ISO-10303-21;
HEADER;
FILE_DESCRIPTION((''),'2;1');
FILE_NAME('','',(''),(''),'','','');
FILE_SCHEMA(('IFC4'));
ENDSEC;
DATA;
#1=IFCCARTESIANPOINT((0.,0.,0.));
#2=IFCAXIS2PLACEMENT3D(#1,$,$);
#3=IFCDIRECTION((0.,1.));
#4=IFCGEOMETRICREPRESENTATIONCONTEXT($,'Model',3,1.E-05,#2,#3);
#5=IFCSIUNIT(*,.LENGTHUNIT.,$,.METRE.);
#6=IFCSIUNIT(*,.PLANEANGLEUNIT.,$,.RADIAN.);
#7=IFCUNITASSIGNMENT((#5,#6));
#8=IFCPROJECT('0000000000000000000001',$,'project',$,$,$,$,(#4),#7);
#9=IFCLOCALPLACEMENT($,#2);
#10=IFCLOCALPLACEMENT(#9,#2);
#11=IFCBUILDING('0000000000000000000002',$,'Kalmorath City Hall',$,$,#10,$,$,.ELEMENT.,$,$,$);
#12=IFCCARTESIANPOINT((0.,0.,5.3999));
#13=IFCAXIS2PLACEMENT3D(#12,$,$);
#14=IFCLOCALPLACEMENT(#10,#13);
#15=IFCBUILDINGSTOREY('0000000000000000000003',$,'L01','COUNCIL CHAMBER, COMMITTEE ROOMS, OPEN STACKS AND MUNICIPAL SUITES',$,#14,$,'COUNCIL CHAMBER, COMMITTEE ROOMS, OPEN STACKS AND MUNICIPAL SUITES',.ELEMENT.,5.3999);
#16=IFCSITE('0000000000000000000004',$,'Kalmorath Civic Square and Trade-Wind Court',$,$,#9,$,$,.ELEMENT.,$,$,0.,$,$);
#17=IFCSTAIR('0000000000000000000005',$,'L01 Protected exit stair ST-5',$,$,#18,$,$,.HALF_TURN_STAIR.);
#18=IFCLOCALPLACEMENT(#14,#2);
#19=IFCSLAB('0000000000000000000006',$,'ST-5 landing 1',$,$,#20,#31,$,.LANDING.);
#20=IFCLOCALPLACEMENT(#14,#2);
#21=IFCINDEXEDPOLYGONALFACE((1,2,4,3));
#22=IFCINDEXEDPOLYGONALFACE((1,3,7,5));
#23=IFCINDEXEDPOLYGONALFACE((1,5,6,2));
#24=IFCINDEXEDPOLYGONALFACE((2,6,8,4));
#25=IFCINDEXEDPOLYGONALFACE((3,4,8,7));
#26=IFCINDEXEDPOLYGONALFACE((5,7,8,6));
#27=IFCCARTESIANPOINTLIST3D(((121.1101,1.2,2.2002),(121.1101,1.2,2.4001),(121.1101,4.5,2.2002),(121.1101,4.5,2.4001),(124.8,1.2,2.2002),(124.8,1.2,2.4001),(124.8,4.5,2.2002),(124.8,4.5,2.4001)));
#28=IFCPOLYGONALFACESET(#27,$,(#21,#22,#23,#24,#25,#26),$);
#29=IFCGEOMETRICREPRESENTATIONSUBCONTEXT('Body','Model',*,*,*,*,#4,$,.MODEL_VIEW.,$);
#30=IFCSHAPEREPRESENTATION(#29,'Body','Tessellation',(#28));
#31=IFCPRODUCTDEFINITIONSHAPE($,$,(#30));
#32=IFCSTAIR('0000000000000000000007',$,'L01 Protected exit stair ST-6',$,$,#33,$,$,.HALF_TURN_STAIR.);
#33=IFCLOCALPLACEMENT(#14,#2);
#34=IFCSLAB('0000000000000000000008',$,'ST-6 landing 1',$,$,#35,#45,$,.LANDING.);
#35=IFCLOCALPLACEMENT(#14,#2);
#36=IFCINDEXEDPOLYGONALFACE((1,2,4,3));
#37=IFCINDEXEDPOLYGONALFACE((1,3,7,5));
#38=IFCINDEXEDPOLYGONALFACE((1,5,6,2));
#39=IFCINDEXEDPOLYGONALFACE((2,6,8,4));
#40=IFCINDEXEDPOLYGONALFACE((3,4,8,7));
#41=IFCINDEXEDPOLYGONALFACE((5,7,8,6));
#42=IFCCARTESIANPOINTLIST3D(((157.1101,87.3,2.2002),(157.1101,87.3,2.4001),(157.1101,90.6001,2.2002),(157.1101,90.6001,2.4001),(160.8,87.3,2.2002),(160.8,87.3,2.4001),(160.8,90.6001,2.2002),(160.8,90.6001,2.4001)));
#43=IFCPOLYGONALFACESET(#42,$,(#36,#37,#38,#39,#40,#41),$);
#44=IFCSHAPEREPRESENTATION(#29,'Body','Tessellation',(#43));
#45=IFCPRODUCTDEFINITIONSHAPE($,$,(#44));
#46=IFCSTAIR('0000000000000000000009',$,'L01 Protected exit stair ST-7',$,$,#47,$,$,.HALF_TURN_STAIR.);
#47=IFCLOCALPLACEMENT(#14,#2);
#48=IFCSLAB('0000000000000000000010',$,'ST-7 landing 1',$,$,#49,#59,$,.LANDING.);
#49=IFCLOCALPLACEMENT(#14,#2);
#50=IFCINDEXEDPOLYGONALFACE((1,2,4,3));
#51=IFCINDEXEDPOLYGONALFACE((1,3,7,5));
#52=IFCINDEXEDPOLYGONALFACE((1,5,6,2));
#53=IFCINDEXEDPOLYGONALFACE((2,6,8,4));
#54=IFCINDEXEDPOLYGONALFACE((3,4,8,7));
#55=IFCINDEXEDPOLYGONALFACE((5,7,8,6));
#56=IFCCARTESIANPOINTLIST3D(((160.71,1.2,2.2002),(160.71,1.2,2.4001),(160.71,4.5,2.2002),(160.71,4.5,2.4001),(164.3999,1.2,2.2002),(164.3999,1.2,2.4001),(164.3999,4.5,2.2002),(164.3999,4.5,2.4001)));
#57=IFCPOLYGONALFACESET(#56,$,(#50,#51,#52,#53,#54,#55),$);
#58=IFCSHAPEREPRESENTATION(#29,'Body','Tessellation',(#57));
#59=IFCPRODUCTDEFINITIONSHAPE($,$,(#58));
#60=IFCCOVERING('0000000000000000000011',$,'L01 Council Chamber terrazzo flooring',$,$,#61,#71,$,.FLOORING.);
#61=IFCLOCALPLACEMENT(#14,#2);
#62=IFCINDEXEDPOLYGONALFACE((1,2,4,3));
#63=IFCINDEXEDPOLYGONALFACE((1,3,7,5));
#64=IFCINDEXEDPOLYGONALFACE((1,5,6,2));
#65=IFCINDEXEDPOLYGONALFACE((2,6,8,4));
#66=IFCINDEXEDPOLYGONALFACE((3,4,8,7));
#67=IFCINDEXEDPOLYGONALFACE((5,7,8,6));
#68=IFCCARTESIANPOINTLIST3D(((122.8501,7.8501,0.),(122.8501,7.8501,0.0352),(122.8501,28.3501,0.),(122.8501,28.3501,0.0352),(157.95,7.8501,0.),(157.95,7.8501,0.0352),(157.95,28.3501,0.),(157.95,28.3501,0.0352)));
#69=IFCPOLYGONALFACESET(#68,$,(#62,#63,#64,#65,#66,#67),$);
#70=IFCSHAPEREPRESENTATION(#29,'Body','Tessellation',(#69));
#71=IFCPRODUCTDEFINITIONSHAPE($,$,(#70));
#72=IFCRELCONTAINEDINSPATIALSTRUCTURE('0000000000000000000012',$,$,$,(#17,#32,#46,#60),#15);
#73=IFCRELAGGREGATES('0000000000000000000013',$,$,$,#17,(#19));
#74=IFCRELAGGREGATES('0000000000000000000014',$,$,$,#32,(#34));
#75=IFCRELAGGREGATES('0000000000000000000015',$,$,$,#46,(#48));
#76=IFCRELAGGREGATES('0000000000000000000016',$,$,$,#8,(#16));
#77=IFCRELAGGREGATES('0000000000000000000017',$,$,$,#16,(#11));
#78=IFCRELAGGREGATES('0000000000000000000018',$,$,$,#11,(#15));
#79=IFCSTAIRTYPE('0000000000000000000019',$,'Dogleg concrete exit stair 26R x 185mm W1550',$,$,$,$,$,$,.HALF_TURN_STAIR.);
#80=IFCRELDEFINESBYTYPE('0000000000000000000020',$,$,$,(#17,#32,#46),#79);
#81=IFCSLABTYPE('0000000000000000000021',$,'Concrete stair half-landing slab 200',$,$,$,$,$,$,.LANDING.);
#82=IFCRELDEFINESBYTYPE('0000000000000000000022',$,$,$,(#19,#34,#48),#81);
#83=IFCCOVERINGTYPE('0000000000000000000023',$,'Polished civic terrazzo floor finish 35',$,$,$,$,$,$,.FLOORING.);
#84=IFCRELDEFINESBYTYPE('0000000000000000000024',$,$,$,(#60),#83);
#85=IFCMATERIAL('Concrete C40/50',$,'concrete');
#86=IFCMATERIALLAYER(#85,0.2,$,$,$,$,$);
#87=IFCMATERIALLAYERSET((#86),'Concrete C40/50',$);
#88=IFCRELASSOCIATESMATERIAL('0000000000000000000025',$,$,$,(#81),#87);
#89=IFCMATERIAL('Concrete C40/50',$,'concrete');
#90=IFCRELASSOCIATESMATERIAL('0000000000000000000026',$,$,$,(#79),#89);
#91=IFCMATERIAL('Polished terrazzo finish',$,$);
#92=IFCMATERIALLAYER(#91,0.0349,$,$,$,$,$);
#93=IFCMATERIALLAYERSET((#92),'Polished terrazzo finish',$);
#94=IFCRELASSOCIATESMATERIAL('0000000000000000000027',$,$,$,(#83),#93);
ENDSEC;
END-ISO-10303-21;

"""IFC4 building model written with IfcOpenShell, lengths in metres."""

from ifc_helpers import new_model, si_unit, direction, frame, origin, place, context, subcontext, project, spatial, polyline, outline, extrude, material, layer, layer_set, type_object, element, aggregate, save


model = new_model("IFC4")

# Units and contexts
model_context = context("Model", 3, precision=1e-05, world=origin(), true_north=direction((0.0, 1.0)))
body_context = subcontext(model_context, "Body", "Model", "MODEL_VIEW")
ifc_project = project(units=[si_unit("LENGTHUNIT", "METRE"), si_unit("PLANEANGLEUNIT", "RADIAN")], contexts=[model_context])

# Site, building, storey
site_placement = place(None, origin())
site = spatial("IfcSite", under=ifc_project, at=site_placement, Name="Kalmorath Civic Square and Trade-Wind Court", CompositionType="ELEMENT", RefElevation=0.0)
building_placement = place(site_placement, origin())
building = spatial("IfcBuilding", under=site, at=building_placement, Name="Kalmorath City Hall", CompositionType="ELEMENT")
storey_placement = place(building_placement, frame((0.0, 0.0, 5.3999)))
storey = spatial("IfcBuildingStorey", under=building, at=storey_placement, Name="L01", Description="COUNCIL CHAMBER, COMMITTEE ROOMS, OPEN STACKS AND MUNICIPAL SUITES", LongName="COUNCIL CHAMBER, COMMITTEE ROOMS, OPEN STACKS AND MUNICIPAL SUITES", CompositionType="ELEMENT", Elevation=5.3999)

# Stairs, slabs
ifc_material_1 = material(Name="Concrete C40/50", Category="concrete")
ifc_layer_1 = layer(ifc_material_1, 0.2)
ifc_layer_set_1 = layer_set([ifc_layer_1], Name="Concrete C40/50")
slab_type_1 = type_object("IfcSlabType", Name="Concrete stair half-landing slab 200", PredefinedType="LANDING", material=ifc_layer_set_1)
ifc_material_2 = material(Name="Concrete C40/50", Category="concrete")
stair_type_1 = type_object("IfcStairType", Name="Dogleg concrete exit stair 26R x 185mm W1550", PredefinedType="HALF_TURN_STAIR", material=ifc_material_2)
stair_1_placement = place(storey_placement, origin())
stair_1 = element("IfcStair", 1, at=stair_1_placement, inside=storey, type_object=stair_type_1, Name="L01 Protected exit stair ST-5", PredefinedType="HALF_TURN_STAIR")
slab_1_placement = place(storey_placement, frame((0.0, 0.0, 2.2002)))
slab_1 = element("IfcSlab", 2, at=slab_1_placement, type_object=slab_type_1, Name="ST-5 landing 1", PredefinedType="LANDING", context=body_context, shape_type="SweptSolid", body=[
    extrude(outline(polyline([(121.1101, 1.2), (124.8, 1.2), (124.8, 4.5), (121.1101, 4.5), (121.1101, 1.2)])), origin(), (0.0, 0.0, 1.0), 0.2),
])
aggregate(stair_1, [slab_1])
stair_2_placement = place(storey_placement, origin())
stair_2 = element("IfcStair", 3, at=stair_2_placement, inside=storey, type_object=stair_type_1, Name="L01 Protected exit stair ST-6", PredefinedType="HALF_TURN_STAIR")
slab_2_placement = place(storey_placement, frame((0.0, 0.0, 2.2002)))
slab_2 = element("IfcSlab", 4, at=slab_2_placement, type_object=slab_type_1, Name="ST-6 landing 1", PredefinedType="LANDING", context=body_context, shape_type="SweptSolid", body=[
    extrude(outline(polyline([(157.1101, 87.3), (160.8, 87.3), (160.8, 90.6001), (157.1101, 90.6001), (157.1101, 87.3)])), origin(), (0.0, 0.0, 1.0), 0.2),
])
aggregate(stair_2, [slab_2])
stair_3_placement = place(storey_placement, origin())
stair_3 = element("IfcStair", 5, at=stair_3_placement, inside=storey, type_object=stair_type_1, Name="L01 Protected exit stair ST-7", PredefinedType="HALF_TURN_STAIR")
slab_3_placement = place(storey_placement, frame((0.0, 0.0, 2.2002)))
slab_3 = element("IfcSlab", 6, at=slab_3_placement, type_object=slab_type_1, Name="ST-7 landing 1", PredefinedType="LANDING", context=body_context, shape_type="SweptSolid", body=[
    extrude(outline(polyline([(160.71, 1.2), (164.3999, 1.2), (164.3999, 4.5), (160.71, 4.5), (160.71, 1.2)])), origin(), (0.0, 0.0, 1.0), 0.2),
])
aggregate(stair_3, [slab_3])

# Covering
ifc_material_3 = material(Name="Polished terrazzo finish")
ifc_layer_2 = layer(ifc_material_3, 0.0349)
ifc_layer_set_2 = layer_set([ifc_layer_2], Name="Polished terrazzo finish")
covering_type = type_object("IfcCoveringType", Name="Polished civic terrazzo floor finish 35", PredefinedType="FLOORING", material=ifc_layer_set_2)
covering_placement = place(storey_placement, origin())
element("IfcCovering", 7, at=covering_placement, inside=storey, type_object=covering_type, Name="L01 Council Chamber terrazzo flooring", PredefinedType="FLOORING", context=body_context, shape_type="SweptSolid", body=[
    extrude(outline(polyline([(157.95, 7.8501), (122.8501, 7.8501), (122.8501, 28.3501), (157.95, 28.3501), (157.95, 7.8501)])), origin(), (0.0, 0.0, 1.0), 0.0352),
])

save(model, "model.ifc")
